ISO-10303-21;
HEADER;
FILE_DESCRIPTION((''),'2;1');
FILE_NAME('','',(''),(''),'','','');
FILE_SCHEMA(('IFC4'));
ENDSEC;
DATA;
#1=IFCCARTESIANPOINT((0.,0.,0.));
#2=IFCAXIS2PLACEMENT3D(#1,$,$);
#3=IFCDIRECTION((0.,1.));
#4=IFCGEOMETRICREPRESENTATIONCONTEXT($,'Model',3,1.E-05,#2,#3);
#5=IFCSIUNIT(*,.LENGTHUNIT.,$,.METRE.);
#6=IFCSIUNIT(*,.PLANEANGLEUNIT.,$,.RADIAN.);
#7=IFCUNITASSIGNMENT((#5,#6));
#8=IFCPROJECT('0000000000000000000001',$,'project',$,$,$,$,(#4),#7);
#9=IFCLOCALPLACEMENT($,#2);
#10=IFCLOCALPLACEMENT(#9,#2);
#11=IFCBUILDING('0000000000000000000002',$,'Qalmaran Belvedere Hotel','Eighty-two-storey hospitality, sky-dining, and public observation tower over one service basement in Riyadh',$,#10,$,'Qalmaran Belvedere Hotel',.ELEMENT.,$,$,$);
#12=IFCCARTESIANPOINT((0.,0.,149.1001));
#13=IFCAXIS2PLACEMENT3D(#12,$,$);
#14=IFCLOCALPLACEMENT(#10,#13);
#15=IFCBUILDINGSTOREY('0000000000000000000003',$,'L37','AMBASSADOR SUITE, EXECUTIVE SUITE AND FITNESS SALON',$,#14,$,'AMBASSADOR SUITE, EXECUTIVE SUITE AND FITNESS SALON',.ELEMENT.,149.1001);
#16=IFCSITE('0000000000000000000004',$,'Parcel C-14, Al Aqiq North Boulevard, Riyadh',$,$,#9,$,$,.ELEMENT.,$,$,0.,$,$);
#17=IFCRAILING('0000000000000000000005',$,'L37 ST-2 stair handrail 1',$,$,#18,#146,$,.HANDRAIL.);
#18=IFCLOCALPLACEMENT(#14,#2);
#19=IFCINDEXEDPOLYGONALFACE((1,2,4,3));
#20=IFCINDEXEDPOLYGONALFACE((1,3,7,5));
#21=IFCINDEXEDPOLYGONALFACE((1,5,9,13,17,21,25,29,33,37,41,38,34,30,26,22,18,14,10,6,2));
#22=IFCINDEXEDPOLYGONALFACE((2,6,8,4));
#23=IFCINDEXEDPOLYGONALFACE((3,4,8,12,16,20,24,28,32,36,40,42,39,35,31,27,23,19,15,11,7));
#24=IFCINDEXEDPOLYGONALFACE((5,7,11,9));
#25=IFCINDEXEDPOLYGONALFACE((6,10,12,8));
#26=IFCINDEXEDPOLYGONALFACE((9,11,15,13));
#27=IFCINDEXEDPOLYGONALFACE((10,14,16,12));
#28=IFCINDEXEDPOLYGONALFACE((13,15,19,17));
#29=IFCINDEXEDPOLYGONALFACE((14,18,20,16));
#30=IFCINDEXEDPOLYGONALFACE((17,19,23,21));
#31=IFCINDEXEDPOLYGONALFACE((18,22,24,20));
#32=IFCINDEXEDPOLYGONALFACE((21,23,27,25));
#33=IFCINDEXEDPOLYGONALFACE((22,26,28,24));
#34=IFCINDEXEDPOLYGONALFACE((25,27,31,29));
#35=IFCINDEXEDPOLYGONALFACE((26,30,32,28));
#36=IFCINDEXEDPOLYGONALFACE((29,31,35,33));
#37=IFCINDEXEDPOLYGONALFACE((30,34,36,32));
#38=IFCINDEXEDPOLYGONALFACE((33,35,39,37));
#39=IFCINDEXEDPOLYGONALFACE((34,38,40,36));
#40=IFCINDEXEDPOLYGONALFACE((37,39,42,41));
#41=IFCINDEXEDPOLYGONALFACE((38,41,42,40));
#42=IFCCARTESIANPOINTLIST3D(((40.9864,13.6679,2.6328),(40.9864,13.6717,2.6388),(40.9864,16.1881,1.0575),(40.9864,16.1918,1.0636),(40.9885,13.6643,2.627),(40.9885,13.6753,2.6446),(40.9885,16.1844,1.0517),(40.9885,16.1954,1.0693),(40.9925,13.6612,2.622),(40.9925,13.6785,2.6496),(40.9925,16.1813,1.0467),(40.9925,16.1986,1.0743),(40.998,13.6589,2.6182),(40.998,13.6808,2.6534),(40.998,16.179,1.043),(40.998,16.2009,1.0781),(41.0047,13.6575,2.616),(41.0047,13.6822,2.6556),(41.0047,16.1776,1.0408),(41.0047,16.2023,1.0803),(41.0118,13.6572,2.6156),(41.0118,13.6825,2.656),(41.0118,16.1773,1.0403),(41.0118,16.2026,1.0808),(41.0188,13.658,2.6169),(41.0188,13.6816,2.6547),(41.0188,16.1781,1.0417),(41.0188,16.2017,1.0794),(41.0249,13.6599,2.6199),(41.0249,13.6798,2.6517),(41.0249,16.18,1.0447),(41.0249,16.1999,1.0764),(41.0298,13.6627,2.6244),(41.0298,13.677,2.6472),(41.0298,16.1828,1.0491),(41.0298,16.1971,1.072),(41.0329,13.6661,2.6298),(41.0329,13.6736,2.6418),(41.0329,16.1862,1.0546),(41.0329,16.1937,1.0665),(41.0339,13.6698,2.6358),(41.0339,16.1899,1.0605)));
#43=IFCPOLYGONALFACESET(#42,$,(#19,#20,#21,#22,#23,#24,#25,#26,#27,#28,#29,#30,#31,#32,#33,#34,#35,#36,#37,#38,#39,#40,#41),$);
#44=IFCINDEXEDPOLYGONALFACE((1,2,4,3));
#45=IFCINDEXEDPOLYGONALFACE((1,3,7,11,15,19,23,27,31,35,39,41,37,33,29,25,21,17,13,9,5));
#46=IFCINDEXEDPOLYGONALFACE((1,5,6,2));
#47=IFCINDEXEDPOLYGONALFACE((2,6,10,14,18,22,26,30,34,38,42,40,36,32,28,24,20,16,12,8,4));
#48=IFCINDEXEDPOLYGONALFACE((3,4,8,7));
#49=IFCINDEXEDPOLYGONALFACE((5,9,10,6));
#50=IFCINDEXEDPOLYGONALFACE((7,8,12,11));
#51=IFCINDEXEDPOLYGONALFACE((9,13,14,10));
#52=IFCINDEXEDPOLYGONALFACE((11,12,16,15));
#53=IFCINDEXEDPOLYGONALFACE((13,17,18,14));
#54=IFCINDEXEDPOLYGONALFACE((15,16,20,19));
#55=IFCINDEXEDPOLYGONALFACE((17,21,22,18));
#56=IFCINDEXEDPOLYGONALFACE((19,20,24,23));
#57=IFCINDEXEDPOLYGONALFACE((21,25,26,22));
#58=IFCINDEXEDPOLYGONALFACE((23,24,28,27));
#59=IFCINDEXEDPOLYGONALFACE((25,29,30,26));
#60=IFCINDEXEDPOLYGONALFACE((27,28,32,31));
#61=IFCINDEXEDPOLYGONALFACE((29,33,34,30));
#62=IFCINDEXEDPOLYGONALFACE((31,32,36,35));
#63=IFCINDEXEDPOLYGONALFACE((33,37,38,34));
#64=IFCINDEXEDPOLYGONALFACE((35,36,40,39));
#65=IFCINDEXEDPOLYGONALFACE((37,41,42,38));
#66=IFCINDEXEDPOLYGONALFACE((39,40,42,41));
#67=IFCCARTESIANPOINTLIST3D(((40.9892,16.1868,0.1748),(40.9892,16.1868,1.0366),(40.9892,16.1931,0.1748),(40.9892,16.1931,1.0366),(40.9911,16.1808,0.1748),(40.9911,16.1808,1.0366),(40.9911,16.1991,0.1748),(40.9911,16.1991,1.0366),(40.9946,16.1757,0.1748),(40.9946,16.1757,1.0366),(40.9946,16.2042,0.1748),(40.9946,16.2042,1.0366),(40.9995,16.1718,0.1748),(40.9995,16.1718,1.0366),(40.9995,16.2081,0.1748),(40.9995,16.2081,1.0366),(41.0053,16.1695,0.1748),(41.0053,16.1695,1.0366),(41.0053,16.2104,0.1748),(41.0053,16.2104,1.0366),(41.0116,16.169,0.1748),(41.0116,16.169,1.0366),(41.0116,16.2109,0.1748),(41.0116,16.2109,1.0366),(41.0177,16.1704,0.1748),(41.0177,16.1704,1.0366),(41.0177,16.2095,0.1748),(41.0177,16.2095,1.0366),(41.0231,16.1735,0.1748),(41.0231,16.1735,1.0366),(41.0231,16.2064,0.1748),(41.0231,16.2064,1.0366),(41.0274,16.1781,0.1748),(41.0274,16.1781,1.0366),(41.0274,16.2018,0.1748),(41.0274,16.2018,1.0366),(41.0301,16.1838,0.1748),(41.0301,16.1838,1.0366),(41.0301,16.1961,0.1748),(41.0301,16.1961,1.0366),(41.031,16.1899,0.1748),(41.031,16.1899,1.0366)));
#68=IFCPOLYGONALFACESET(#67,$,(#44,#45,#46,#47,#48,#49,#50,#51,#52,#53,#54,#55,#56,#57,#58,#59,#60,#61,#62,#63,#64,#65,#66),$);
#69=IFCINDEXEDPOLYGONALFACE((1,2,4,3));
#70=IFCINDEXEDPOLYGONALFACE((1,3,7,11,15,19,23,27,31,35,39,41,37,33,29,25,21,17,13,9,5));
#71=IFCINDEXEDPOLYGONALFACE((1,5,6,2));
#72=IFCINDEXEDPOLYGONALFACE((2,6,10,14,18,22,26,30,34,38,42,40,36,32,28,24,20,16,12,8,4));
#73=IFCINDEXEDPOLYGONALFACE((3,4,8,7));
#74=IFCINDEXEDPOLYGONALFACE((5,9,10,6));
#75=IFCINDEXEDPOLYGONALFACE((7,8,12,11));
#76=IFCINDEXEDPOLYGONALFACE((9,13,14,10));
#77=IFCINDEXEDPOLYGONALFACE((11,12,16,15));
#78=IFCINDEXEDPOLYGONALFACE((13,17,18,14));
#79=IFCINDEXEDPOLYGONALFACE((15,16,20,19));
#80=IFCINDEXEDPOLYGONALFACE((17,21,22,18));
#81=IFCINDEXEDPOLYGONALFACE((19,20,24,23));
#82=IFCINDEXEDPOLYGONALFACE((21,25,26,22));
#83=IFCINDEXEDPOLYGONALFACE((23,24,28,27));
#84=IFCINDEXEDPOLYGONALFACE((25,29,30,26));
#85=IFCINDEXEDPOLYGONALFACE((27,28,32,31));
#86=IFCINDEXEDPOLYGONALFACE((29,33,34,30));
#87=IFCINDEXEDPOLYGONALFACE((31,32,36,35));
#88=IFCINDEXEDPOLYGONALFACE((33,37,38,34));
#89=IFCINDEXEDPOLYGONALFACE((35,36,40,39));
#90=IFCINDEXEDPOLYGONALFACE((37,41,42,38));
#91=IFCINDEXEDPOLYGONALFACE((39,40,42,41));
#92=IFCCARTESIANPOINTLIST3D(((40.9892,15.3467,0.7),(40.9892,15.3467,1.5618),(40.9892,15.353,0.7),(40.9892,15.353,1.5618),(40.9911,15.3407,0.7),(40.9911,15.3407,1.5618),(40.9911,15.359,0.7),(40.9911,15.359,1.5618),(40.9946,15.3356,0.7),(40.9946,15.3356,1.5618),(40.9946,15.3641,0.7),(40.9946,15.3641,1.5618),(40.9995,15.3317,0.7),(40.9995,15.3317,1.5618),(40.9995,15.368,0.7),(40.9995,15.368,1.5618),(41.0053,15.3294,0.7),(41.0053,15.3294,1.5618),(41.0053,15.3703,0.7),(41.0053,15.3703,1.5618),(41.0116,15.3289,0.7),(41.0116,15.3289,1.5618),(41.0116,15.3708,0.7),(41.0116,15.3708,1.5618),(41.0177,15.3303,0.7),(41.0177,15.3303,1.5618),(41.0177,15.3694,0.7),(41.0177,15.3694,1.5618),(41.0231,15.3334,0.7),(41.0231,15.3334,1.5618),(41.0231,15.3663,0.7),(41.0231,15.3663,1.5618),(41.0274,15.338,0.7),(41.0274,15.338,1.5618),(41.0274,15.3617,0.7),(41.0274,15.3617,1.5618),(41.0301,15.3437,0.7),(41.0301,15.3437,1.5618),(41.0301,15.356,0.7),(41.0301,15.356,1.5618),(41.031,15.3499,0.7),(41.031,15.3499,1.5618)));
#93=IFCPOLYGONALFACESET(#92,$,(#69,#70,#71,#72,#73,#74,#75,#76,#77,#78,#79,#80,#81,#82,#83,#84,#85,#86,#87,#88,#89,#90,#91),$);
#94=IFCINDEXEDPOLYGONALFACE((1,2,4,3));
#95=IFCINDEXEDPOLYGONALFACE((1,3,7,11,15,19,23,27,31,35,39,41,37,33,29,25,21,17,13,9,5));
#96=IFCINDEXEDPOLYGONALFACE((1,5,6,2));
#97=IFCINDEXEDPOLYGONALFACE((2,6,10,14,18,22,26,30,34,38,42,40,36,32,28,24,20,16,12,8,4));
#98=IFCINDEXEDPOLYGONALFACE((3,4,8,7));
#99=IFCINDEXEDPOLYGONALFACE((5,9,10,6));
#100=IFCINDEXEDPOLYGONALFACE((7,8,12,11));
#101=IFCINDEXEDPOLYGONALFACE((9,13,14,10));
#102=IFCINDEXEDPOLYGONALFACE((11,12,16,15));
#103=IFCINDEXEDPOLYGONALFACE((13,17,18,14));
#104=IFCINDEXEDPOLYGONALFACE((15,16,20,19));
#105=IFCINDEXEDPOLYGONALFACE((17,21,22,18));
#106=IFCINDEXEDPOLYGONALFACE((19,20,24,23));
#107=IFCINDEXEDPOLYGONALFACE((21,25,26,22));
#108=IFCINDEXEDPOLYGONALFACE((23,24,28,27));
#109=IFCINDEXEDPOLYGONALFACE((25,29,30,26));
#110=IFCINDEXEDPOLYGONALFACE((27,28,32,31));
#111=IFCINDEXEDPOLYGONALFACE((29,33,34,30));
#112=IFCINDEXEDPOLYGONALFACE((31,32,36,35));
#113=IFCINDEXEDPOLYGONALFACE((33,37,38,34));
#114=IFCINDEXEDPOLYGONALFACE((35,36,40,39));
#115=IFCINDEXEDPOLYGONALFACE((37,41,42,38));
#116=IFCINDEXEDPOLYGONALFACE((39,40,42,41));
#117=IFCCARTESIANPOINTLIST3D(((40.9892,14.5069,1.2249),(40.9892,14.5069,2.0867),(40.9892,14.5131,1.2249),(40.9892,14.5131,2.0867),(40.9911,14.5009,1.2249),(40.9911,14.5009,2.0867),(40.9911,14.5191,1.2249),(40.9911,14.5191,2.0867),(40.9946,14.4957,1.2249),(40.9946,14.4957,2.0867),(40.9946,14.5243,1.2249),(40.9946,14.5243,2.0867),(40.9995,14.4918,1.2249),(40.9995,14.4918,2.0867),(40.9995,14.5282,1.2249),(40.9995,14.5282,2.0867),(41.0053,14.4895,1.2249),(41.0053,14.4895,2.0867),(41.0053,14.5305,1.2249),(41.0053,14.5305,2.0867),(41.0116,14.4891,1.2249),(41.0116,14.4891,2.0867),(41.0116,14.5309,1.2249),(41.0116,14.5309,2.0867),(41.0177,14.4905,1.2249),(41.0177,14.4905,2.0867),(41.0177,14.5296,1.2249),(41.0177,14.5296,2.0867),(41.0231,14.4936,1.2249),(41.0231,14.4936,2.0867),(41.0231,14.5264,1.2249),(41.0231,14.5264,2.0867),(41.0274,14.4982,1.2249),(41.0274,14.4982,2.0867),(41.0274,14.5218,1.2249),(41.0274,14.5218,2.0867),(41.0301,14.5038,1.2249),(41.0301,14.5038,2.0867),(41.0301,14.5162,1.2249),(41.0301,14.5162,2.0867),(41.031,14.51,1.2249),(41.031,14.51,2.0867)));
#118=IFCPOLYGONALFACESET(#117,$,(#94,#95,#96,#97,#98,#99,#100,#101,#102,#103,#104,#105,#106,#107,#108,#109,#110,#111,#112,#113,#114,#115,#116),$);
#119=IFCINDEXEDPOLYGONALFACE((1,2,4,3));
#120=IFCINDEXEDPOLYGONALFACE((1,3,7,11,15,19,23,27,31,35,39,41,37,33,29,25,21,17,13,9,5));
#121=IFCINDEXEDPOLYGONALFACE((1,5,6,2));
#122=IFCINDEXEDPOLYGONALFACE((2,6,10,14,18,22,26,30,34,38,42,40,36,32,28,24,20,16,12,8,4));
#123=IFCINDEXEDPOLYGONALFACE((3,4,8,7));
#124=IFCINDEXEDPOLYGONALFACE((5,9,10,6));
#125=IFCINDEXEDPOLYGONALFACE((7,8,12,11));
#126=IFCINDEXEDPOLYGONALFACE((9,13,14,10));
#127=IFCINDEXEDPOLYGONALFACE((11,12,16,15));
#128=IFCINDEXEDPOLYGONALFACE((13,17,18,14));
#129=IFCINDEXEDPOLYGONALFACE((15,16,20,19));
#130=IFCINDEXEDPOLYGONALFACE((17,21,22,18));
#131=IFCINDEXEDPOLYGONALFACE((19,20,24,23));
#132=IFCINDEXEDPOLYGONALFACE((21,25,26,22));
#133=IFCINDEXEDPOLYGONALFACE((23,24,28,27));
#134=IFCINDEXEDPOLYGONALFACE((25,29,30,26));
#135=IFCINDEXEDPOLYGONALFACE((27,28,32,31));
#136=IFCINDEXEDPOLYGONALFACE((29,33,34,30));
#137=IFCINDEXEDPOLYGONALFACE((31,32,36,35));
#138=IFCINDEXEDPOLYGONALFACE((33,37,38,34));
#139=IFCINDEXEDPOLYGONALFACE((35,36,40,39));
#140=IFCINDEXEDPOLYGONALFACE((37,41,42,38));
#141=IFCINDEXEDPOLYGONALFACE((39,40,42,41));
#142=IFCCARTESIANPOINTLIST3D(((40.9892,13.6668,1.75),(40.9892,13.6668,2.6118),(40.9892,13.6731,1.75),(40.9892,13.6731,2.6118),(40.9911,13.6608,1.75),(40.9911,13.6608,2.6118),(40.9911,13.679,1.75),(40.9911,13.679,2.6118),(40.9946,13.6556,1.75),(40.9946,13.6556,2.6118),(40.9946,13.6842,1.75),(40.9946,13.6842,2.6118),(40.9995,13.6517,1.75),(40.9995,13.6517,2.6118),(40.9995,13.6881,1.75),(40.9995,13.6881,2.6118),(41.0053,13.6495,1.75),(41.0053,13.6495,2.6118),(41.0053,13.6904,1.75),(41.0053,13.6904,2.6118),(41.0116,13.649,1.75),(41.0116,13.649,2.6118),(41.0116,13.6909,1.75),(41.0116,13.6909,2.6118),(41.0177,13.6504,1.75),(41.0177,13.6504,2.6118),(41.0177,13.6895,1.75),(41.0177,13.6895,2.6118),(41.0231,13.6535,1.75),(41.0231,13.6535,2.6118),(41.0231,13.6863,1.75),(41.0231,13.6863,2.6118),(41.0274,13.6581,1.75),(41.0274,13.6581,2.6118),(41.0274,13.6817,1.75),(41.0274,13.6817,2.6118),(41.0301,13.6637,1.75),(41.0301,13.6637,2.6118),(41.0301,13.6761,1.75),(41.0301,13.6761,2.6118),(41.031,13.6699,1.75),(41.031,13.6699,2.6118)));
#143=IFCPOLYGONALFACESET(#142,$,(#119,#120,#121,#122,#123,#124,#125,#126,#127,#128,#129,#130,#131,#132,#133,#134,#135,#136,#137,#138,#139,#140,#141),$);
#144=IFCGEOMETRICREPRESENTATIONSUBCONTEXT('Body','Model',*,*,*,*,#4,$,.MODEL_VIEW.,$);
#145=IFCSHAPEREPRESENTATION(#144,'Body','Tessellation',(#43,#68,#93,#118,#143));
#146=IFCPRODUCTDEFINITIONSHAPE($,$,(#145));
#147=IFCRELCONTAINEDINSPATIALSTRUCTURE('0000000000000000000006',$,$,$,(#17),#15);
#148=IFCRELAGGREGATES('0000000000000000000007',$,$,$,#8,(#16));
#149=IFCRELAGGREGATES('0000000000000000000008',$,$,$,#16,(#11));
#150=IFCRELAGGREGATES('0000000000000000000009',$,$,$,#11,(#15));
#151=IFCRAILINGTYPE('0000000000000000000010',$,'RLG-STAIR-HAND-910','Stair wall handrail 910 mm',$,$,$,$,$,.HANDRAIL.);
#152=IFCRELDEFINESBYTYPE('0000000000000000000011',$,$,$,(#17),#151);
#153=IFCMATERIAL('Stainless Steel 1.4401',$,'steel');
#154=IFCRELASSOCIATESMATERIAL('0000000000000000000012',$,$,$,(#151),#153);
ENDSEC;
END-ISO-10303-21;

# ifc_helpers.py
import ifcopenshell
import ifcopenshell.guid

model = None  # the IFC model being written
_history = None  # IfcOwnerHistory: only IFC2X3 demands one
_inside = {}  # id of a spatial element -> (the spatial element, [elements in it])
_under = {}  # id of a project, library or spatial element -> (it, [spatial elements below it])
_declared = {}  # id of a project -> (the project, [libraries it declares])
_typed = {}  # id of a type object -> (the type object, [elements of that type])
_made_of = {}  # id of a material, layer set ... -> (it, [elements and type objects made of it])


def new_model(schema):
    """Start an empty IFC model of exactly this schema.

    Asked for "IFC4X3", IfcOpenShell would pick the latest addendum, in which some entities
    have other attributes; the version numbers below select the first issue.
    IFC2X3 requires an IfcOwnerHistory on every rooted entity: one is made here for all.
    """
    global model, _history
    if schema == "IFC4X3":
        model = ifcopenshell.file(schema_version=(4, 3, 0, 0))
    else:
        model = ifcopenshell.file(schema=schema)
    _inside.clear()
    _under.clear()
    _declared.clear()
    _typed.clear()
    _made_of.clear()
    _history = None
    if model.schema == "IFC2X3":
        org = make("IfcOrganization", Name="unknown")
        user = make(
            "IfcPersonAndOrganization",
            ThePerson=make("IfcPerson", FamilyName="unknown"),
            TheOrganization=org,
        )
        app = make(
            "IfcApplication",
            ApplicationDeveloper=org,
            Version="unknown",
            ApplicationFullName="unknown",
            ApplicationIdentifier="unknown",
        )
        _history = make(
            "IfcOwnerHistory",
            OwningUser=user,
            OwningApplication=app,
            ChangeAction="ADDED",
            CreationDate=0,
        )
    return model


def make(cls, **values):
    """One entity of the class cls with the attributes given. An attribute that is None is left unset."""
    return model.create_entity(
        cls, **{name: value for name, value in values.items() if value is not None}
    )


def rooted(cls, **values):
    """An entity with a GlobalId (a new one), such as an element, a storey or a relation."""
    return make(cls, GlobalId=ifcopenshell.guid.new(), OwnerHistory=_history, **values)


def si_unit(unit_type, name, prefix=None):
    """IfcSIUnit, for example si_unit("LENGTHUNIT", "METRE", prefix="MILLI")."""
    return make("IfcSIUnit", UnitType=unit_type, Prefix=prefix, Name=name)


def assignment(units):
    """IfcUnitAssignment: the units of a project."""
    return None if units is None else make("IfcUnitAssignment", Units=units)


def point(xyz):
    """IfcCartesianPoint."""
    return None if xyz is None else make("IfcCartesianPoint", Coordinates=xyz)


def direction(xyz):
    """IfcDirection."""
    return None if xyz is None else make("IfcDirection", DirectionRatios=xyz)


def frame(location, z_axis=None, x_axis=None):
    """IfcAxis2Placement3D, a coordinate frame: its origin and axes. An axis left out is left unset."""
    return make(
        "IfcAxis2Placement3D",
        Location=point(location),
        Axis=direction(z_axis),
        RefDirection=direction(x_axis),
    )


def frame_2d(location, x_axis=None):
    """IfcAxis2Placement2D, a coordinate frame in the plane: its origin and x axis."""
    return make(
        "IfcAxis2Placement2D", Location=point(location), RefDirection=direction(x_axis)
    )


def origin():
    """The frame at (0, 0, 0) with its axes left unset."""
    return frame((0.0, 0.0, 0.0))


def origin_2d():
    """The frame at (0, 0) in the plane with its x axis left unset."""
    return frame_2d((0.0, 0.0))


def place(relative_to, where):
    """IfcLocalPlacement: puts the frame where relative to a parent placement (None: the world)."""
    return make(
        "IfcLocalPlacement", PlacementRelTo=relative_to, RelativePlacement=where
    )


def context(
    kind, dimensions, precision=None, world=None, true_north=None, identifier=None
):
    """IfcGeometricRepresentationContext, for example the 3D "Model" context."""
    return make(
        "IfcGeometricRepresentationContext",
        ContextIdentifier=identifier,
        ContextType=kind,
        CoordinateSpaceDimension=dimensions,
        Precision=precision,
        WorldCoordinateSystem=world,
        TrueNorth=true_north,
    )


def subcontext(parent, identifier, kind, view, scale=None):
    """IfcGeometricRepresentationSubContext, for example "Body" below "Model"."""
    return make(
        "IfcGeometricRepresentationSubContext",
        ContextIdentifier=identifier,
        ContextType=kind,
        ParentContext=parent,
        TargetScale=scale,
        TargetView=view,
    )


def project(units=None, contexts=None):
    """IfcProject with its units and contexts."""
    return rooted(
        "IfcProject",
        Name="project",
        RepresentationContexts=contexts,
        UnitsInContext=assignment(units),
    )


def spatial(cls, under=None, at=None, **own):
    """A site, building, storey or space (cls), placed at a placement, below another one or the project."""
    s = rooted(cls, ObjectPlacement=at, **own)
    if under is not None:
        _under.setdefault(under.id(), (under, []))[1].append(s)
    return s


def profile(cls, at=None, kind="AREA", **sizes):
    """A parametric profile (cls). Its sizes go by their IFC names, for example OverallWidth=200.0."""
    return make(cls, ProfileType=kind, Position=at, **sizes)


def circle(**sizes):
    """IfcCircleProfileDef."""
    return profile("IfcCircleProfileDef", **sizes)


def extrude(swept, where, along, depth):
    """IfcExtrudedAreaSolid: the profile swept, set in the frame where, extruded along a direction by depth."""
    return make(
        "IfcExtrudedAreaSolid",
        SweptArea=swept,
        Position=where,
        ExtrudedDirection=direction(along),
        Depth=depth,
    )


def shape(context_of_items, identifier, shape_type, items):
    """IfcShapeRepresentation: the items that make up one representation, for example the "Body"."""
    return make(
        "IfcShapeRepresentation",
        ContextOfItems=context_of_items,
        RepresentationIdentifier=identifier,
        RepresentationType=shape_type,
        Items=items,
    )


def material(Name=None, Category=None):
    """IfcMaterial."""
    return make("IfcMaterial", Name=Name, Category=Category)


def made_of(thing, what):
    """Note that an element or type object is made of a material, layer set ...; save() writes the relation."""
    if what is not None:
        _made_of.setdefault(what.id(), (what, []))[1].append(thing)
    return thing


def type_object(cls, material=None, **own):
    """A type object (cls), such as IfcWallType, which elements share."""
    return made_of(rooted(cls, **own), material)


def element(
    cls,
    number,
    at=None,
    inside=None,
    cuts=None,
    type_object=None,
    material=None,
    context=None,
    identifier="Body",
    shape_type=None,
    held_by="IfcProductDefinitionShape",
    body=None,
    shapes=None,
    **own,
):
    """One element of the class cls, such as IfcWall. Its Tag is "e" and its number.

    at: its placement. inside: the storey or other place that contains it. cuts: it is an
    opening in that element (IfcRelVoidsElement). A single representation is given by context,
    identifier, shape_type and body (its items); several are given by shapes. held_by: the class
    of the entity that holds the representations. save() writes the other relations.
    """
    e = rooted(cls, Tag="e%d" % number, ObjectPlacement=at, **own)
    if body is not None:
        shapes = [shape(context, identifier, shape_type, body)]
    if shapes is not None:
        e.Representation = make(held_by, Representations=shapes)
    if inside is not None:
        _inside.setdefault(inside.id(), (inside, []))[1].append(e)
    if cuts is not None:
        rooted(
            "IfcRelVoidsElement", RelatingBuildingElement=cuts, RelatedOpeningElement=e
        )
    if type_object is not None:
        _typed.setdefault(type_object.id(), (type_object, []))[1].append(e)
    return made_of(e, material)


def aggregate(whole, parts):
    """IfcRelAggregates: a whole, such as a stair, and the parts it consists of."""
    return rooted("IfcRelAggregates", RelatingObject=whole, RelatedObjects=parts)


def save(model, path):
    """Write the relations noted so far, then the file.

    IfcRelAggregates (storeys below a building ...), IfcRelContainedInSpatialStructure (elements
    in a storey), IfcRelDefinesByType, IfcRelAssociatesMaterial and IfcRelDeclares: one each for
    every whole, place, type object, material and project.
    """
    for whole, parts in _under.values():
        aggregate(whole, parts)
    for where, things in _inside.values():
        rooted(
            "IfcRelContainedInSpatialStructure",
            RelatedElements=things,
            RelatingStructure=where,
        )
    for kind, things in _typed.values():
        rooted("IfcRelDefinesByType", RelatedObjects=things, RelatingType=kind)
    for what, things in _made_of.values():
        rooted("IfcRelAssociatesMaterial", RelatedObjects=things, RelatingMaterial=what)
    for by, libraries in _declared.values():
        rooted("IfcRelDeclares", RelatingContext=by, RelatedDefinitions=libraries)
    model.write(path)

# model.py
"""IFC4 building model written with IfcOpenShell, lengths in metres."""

from ifc_helpers import new_model, si_unit, direction, frame, origin, origin_2d, place, context, subcontext, project, spatial, circle, extrude, material, type_object, element, save


model = new_model("IFC4")

# Units and contexts
model_context = context("Model", 3, precision=1e-05, world=origin(), true_north=direction((0.0, 1.0)))
body_context = subcontext(model_context, "Body", "Model", "MODEL_VIEW")
ifc_project = project(units=[si_unit("LENGTHUNIT", "METRE"), si_unit("PLANEANGLEUNIT", "RADIAN")], contexts=[model_context])

# Site, building, storey
site_placement = place(None, origin())
site = spatial("IfcSite", under=ifc_project, at=site_placement, Name="Parcel C-14, Al Aqiq North Boulevard, Riyadh", CompositionType="ELEMENT", RefElevation=0.0)
building_placement = place(site_placement, origin())
building = spatial("IfcBuilding", under=site, at=building_placement, Name="Qalmaran Belvedere Hotel", Description="Eighty-two-storey hospitality, sky-dining, and public observation tower over one service basement in Riyadh", LongName="Qalmaran Belvedere Hotel", CompositionType="ELEMENT")
storey_placement = place(building_placement, frame((0.0, 0.0, 149.1001)))
storey = spatial("IfcBuildingStorey", under=building, at=storey_placement, Name="L37", Description="AMBASSADOR SUITE, EXECUTIVE SUITE AND FITNESS SALON", LongName="AMBASSADOR SUITE, EXECUTIVE SUITE AND FITNESS SALON", CompositionType="ELEMENT", Elevation=149.1001)

# Shared definitions
ifc_material_1 = material(Name="Stainless Steel 1.4401", Category="steel")

# Railing
railing_type_1 = type_object("IfcRailingType", Name="RLG-STAIR-HAND-910", Description="Stair wall handrail 910 mm", PredefinedType="HANDRAIL", material=ifc_material_1)
railing_1_placement = place(storey_placement, frame((41.01, 16.1899, 0.1748)))
element("IfcRailing", 1, at=railing_1_placement, inside=storey, type_object=railing_type_1, Name="L37 ST-2 stair handrail 1", PredefinedType="HANDRAIL", context=body_context, shape_type="SweptSolid", body=[
    extrude(circle(Radius=0.0239, at=origin_2d()), frame((0.0, 0.0, 0.8857), z_axis=(0.0, -0.847971, 0.530043), x_axis=(1.0, 0.0, 0.0)), (0.0, 0.0, 1.0), 2.9719),
    extrude(circle(Radius=0.021, at=origin_2d()), origin(), (0.0, 0.0, 1.0), 0.8618),
    extrude(circle(Radius=0.021, at=origin_2d()), frame((0.0, -0.8401, 0.5251)), (0.0, 0.0, 1.0), 0.8618),
    extrude(circle(Radius=0.021, at=origin_2d()), frame((0.0, -1.6799, 1.05)), (0.0, 0.0, 1.0), 0.8618),
    extrude(circle(Radius=0.021, at=origin_2d()), frame((0.0, -2.52, 1.5752)), (0.0, 0.0, 1.0), 0.8618),
])

save(model, "model.ifc")
